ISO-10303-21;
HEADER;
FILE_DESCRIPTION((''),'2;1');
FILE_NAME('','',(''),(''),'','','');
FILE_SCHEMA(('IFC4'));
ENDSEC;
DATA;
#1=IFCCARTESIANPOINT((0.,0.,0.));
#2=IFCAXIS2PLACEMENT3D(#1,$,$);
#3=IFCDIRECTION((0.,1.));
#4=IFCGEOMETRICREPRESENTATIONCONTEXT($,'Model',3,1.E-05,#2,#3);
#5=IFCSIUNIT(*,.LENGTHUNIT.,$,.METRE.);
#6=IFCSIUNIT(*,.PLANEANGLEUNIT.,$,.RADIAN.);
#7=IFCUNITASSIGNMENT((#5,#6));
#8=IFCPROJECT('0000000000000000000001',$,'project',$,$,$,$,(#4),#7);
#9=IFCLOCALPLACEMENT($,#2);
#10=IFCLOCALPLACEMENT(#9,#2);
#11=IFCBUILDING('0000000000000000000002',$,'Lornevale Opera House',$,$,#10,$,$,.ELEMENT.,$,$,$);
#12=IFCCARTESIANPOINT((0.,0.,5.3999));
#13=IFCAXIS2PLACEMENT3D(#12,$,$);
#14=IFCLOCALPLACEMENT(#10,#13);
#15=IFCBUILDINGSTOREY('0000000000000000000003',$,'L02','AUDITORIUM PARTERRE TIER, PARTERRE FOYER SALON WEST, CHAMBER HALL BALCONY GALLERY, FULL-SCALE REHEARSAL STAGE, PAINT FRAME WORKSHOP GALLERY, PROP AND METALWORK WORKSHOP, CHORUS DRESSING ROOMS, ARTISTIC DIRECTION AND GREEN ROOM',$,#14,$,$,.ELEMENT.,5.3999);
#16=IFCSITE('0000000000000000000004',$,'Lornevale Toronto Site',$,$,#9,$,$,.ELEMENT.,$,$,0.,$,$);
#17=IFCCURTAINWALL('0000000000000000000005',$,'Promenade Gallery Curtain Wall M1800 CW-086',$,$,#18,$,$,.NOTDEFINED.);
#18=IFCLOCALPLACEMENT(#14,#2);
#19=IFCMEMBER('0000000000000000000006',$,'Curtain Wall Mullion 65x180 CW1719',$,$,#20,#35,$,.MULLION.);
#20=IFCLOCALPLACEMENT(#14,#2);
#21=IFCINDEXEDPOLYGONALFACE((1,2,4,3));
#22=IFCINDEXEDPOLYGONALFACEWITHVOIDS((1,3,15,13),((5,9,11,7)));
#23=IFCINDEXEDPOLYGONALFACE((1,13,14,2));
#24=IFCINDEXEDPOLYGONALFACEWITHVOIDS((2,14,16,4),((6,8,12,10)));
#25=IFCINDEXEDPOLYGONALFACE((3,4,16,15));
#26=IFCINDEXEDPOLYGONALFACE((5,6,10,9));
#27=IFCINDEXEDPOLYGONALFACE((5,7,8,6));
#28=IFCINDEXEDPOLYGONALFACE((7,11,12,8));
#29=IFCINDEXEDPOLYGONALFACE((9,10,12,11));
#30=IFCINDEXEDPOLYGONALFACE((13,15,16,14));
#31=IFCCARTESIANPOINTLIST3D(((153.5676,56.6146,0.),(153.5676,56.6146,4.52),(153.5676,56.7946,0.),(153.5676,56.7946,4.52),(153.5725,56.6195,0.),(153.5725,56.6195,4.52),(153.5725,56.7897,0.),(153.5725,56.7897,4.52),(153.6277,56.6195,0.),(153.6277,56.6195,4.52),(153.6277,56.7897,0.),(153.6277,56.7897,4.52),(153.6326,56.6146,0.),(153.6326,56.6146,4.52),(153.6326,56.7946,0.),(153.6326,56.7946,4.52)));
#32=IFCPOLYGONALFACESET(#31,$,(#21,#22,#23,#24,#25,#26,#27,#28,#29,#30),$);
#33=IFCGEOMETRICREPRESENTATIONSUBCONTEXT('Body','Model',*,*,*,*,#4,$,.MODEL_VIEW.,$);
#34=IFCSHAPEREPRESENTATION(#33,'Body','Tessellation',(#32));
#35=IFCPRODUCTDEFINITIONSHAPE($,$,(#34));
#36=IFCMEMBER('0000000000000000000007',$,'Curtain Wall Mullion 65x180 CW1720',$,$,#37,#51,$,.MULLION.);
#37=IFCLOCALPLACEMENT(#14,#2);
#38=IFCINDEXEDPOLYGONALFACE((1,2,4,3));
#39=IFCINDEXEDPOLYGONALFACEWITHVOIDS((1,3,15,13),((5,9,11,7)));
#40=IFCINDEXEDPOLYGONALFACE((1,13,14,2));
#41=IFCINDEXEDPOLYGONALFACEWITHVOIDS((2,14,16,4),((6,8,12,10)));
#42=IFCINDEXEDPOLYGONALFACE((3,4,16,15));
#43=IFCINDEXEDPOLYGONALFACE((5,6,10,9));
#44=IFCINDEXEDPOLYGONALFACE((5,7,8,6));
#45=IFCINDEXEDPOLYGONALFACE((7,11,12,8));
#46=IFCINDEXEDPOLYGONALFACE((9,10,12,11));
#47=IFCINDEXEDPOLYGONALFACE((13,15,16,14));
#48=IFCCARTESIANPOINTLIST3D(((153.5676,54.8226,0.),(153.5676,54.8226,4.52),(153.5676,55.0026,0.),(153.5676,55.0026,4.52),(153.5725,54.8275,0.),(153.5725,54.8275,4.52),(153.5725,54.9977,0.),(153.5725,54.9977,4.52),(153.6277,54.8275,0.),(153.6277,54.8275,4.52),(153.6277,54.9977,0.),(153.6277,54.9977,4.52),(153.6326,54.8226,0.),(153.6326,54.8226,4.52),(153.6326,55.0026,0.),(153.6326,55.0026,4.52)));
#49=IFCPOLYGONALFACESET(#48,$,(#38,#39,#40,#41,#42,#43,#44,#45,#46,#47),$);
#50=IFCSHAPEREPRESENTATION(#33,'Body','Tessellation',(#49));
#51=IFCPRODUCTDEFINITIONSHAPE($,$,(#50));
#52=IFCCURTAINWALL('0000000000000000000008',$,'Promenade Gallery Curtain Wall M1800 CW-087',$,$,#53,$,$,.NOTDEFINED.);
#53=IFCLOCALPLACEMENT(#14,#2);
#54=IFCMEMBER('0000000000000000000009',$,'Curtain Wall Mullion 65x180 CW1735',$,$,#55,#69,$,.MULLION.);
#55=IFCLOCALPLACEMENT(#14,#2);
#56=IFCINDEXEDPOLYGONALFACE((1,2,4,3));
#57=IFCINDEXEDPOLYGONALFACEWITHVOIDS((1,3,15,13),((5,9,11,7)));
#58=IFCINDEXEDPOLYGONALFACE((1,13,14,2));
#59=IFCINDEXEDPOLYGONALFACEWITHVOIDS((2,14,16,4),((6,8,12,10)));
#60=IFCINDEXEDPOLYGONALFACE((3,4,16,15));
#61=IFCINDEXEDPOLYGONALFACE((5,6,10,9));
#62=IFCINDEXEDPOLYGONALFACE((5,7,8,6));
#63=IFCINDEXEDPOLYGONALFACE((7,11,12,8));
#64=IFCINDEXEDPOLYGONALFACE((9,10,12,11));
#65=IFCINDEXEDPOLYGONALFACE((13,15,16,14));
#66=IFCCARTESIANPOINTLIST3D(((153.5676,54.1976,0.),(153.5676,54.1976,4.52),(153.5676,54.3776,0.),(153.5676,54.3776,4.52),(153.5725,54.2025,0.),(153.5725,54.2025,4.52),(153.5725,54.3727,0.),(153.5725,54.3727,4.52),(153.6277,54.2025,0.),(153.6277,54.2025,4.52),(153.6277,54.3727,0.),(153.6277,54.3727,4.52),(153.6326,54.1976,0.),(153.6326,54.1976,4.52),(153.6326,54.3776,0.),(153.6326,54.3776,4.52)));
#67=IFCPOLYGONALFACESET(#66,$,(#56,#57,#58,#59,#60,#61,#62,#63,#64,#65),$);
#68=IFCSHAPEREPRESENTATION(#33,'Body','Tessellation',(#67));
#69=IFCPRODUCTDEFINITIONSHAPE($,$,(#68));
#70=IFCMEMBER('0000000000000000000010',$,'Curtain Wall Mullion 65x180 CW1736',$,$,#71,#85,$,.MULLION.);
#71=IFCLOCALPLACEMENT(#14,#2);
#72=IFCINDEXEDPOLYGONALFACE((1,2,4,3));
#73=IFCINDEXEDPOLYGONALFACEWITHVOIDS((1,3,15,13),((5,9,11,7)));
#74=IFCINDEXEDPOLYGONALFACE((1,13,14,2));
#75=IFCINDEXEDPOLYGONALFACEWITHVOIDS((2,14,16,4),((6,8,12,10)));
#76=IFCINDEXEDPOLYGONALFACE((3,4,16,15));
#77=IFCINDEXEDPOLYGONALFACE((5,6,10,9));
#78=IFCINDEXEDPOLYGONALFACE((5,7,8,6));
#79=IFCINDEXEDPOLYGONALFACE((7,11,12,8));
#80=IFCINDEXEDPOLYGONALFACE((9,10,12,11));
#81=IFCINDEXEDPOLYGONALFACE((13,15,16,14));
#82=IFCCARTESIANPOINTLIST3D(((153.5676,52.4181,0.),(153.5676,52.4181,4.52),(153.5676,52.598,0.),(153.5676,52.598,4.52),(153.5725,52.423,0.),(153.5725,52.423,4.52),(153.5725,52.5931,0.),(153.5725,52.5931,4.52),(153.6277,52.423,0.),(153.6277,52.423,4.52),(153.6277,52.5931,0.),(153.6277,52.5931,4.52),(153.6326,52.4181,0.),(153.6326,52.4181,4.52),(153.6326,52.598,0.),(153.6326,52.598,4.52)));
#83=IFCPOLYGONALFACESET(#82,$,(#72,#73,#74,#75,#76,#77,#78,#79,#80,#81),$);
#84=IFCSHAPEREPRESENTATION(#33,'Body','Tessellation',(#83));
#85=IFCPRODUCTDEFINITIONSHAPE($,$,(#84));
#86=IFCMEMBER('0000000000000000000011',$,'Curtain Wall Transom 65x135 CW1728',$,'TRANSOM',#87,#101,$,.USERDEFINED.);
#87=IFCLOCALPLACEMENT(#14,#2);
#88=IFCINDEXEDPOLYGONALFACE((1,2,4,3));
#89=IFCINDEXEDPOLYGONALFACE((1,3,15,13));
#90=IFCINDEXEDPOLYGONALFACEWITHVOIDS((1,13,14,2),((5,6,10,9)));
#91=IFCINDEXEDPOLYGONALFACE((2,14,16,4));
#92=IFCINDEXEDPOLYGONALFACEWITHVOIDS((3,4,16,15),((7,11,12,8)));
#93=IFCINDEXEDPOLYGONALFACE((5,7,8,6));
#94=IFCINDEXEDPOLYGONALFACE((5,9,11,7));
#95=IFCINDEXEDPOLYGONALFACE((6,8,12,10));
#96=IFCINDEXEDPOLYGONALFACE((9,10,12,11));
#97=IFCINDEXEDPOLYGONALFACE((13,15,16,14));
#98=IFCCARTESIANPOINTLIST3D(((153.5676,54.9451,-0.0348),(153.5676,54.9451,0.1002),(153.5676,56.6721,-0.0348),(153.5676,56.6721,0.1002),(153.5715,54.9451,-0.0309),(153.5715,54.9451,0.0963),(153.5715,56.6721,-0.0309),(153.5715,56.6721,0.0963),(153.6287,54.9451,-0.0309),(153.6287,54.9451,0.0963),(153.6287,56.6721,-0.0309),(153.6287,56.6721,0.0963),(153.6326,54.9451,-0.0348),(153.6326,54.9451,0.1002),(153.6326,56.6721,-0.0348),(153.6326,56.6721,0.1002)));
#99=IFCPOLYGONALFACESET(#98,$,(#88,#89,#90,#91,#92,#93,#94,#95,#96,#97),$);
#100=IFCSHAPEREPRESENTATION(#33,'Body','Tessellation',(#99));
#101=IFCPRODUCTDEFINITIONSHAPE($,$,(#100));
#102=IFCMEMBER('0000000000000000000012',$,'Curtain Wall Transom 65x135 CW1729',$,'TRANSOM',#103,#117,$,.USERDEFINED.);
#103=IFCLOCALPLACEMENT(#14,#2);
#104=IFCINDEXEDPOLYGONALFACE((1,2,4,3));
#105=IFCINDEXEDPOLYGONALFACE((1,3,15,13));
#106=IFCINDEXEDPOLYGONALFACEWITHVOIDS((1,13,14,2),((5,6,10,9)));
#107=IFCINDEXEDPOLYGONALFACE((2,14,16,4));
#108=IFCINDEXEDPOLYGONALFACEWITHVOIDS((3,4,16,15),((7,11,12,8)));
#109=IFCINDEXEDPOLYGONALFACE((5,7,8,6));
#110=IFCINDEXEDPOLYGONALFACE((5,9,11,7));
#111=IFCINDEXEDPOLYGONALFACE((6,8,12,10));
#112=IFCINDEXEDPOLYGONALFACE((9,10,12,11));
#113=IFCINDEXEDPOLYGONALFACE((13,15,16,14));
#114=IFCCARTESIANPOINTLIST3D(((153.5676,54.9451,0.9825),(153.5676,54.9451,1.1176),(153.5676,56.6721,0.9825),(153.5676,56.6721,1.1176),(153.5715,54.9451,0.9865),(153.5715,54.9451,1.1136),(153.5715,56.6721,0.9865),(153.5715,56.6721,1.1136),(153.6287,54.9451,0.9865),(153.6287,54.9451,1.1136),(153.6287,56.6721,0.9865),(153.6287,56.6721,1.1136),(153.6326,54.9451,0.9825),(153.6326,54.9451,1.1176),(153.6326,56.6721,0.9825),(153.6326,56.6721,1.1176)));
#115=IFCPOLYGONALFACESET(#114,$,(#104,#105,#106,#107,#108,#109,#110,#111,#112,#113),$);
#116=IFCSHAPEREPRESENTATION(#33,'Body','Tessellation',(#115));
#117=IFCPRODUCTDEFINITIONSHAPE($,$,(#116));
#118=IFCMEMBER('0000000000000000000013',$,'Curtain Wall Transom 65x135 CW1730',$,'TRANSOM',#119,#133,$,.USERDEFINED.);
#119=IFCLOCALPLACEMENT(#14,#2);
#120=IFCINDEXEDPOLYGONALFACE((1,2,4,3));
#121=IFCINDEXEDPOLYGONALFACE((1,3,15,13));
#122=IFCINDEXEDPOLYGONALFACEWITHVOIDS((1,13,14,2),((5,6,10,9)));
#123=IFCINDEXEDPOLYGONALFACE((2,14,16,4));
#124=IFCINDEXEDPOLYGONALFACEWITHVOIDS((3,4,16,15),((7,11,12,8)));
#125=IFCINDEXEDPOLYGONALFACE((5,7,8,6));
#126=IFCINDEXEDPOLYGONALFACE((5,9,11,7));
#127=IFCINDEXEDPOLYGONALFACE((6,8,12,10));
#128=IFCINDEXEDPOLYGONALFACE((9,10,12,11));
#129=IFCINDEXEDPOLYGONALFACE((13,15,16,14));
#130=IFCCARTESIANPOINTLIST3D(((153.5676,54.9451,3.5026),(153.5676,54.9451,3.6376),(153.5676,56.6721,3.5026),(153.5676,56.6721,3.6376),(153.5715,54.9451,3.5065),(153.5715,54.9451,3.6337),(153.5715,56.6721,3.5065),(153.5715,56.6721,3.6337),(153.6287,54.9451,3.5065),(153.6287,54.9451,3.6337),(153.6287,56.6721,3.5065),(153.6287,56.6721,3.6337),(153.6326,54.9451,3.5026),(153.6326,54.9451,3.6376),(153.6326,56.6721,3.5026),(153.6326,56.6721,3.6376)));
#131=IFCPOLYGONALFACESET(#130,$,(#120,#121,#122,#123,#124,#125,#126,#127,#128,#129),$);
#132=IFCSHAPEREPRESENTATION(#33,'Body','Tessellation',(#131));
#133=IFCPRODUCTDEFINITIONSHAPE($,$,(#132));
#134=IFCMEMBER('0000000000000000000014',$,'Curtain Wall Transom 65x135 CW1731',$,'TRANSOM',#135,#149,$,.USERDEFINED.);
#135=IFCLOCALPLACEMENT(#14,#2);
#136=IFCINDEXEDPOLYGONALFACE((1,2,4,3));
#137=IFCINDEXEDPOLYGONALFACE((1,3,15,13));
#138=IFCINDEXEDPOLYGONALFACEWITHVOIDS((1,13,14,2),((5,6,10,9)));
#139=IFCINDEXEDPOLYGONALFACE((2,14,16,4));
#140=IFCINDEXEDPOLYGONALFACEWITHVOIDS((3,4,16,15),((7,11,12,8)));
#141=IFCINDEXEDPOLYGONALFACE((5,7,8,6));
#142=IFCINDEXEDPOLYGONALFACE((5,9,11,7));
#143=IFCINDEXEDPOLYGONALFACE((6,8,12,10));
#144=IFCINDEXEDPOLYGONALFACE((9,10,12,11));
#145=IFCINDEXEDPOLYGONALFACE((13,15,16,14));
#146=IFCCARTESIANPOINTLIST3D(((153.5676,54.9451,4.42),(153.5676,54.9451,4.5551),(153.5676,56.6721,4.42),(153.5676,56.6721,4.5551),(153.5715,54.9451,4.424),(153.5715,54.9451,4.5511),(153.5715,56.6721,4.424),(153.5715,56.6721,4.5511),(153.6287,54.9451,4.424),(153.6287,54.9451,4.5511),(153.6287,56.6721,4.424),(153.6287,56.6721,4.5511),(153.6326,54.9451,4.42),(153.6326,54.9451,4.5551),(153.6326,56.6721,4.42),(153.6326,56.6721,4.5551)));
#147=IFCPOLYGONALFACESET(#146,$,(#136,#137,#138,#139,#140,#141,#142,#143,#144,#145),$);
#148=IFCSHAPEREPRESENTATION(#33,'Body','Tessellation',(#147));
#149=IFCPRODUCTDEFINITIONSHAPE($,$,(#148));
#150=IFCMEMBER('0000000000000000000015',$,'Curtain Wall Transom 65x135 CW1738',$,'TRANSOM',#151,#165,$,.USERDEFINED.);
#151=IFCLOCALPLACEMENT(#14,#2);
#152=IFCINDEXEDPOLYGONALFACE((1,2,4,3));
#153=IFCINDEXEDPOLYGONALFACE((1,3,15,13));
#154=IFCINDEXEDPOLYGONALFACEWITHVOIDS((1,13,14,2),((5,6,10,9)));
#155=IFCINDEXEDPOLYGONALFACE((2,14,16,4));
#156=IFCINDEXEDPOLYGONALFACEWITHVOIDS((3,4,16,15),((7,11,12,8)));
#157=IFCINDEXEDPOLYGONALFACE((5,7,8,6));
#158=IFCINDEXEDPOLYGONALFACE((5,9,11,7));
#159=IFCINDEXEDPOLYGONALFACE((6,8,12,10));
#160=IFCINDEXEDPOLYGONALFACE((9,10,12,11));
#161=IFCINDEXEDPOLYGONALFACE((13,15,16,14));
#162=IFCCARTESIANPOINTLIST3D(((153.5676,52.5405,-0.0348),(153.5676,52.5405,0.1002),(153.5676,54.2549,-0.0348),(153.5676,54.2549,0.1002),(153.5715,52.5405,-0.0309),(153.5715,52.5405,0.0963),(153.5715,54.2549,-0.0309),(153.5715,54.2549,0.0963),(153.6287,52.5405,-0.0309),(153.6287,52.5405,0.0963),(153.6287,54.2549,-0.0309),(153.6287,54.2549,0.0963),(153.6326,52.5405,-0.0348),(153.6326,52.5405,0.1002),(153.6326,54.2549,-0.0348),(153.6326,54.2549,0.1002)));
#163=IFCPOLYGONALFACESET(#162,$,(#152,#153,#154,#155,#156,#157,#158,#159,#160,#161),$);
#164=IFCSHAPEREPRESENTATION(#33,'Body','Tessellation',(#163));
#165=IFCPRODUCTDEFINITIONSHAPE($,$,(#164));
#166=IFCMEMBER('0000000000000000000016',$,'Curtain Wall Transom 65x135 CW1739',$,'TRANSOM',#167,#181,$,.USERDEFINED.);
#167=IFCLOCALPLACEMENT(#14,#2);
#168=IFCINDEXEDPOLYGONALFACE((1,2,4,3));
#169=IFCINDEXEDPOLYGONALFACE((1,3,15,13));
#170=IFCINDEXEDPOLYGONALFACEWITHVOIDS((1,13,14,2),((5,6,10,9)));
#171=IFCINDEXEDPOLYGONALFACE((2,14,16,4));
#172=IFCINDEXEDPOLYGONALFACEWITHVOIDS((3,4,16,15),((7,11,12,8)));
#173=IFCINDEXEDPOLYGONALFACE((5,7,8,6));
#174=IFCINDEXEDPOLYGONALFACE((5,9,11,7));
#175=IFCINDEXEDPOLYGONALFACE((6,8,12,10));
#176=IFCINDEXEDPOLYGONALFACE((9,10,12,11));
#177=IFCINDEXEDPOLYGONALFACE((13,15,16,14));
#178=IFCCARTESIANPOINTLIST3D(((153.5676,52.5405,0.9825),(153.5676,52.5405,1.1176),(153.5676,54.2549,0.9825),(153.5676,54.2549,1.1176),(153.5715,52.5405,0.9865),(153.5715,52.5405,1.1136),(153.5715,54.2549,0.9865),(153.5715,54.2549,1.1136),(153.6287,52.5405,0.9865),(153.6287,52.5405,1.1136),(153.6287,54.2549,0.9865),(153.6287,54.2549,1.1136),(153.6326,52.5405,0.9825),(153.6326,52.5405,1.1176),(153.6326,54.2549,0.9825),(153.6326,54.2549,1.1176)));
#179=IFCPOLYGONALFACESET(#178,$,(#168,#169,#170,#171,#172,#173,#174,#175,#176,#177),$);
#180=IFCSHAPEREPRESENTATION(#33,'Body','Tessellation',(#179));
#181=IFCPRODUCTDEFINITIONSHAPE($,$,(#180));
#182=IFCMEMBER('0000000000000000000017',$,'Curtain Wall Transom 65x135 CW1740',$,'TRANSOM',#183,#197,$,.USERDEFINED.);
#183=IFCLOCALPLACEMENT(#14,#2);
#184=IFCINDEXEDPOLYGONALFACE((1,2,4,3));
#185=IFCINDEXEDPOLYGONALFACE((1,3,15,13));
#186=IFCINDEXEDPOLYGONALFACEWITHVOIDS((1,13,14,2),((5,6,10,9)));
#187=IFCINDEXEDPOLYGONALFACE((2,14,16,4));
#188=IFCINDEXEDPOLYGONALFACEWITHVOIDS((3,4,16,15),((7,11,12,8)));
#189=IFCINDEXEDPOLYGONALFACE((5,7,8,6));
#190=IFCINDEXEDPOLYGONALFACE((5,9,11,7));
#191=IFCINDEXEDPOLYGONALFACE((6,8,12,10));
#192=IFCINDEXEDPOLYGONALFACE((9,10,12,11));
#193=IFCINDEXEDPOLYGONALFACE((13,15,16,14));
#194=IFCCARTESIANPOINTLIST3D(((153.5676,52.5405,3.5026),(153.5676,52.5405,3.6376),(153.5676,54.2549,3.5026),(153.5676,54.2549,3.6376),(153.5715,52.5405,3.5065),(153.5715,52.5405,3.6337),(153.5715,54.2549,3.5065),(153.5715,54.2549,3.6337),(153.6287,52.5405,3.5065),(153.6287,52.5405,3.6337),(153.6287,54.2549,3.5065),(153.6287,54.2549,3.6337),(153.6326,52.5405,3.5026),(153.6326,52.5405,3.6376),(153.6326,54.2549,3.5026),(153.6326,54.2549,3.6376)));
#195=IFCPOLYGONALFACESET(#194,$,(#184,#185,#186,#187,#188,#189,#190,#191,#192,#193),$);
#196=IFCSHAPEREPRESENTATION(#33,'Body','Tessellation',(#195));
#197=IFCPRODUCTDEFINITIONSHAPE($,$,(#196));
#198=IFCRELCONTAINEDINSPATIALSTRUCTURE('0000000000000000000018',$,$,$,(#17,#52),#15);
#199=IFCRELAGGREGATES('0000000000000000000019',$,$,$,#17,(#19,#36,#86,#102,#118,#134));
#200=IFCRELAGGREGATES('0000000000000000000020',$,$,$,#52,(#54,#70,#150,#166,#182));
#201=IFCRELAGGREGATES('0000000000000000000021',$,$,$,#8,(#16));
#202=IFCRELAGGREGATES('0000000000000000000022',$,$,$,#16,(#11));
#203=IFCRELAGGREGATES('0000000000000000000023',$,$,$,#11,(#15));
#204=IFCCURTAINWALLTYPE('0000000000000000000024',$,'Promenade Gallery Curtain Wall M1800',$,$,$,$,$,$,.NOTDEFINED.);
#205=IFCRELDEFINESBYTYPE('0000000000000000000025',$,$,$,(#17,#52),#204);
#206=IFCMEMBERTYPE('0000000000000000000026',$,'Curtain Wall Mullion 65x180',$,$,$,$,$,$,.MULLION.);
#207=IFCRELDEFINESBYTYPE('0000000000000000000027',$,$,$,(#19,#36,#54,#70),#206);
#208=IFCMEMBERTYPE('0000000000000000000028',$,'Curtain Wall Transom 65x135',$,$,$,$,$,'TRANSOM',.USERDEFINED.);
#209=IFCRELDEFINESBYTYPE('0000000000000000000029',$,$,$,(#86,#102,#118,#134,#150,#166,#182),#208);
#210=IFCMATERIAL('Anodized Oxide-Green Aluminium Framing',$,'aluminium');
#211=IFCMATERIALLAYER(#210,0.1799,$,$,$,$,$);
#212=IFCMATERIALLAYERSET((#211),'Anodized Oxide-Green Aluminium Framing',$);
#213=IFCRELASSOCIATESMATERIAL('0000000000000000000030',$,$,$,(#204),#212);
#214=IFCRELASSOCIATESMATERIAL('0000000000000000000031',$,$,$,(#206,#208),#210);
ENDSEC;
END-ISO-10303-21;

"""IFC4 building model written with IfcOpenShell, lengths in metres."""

from ifc_helpers import new_model, si_unit, direction, frame, origin, origin_2d, place, context, subcontext, project, spatial, hollow_rectangle, extrude, material, layer, layer_set, material_profile, profile_set, type_object, element, aggregate, save


model = new_model("IFC4")

# Units and contexts
model_context = context("Model", 3, precision=1e-05, world=origin(), true_north=direction((0.0, 1.0)))
body_context = subcontext(model_context, "Body", "Model", "MODEL_VIEW")
ifc_project = project(units=[si_unit("LENGTHUNIT", "METRE"), si_unit("PLANEANGLEUNIT", "RADIAN")], contexts=[model_context])

# Site, building, storey
site_placement = place(None, origin())
site = spatial("IfcSite", under=ifc_project, at=site_placement, Name="Lornevale Toronto Site", CompositionType="ELEMENT", RefElevation=0.0)
building_placement = place(site_placement, origin())
building = spatial("IfcBuilding", under=site, at=building_placement, Name="Lornevale Opera House", CompositionType="ELEMENT")
storey_placement = place(building_placement, frame((0.0, 0.0, 5.3999)))
storey = spatial("IfcBuildingStorey", under=building, at=storey_placement, Name="L02", Description="AUDITORIUM PARTERRE TIER, PARTERRE FOYER SALON WEST, CHAMBER HALL BALCONY GALLERY, FULL-SCALE REHEARSAL STAGE, PAINT FRAME WORKSHOP GALLERY, PROP AND METALWORK WORKSHOP, CHORUS DRESSING ROOMS, ARTISTIC DIRECTION AND GREEN ROOM", CompositionType="ELEMENT", Elevation=5.3999)

# Curtain walls, members
ifc_material_1 = material(Name="Anodized Oxide-Green Aluminium Framing", Category="aluminium")
ifc_layer_1 = layer(ifc_material_1, 0.1799)
ifc_layer_set_1 = layer_set([ifc_layer_1], Name="Anodized Oxide-Green Aluminium Framing")
curtain_wall_type = type_object("IfcCurtainWallType", Name="Promenade Gallery Curtain Wall M1800", PredefinedType="NOTDEFINED", material=ifc_layer_set_1)
curtain_wall_1_placement = place(storey_placement, origin())
curtain_wall_1 = element("IfcCurtainWall", 1, at=curtain_wall_1_placement, inside=storey, type_object=curtain_wall_type, Name="Promenade Gallery Curtain Wall M1800 CW-086", PredefinedType="NOTDEFINED")
ifc_material_profile_1 = material_profile(ifc_material_1, hollow_rectangle(XDim=0.0649, YDim=0.1799, WallThickness=0.0049, at=origin_2d()), Name="ALU65x180x5")
ifc_profile_set_1 = profile_set([ifc_material_profile_1], Name="Anodized Oxide-Green Aluminium Framing")
member_type_1 = type_object("IfcMemberType", Name="Curtain Wall Mullion 65x180", PredefinedType="MULLION", material=ifc_profile_set_1)
member_1_placement = place(storey_placement, frame((153.6001, 56.7046, 0.0), z_axis=(0.0, 0.0, 1.0), x_axis=(1.0, 0.0, 0.0)))
member_1 = element("IfcMember", 2, at=member_1_placement, type_object=member_type_1, Name="Curtain Wall Mullion 65x180 CW1719", PredefinedType="MULLION", context=body_context, shape_type="SweptSolid", body=[
    extrude(hollow_rectangle(XDim=0.0649, YDim=0.1799, WallThickness=0.0049, at=origin_2d()), origin(), (0.0, 0.0, 1.0), 4.52),
])
member_2_placement = place(storey_placement, frame((153.6001, 54.9126, 0.0), z_axis=(0.0, 0.0, 1.0), x_axis=(1.0, 0.0, 0.0)))
member_2 = element("IfcMember", 3, at=member_2_placement, type_object=member_type_1, Name="Curtain Wall Mullion 65x180 CW1720", PredefinedType="MULLION", context=body_context, shape_type="SweptSolid", body=[
    extrude(hollow_rectangle(XDim=0.0649, YDim=0.1799, WallThickness=0.0049, at=origin_2d()), origin(), (0.0, 0.0, 1.0), 4.52),
])
curtain_wall_2_placement = place(storey_placement, origin())
curtain_wall_2 = element("IfcCurtainWall", 4, at=curtain_wall_2_placement, inside=storey, type_object=curtain_wall_type, Name="Promenade Gallery Curtain Wall M1800 CW-087", PredefinedType="NOTDEFINED")
member_3_placement = place(storey_placement, frame((153.6001, 54.2876, 0.0), z_axis=(0.0, 0.0, 1.0), x_axis=(1.0, 0.0, 0.0)))
member_3 = element("IfcMember", 5, at=member_3_placement, type_object=member_type_1, Name="Curtain Wall Mullion 65x180 CW1735", PredefinedType="MULLION", context=body_context, shape_type="SweptSolid", body=[
    extrude(hollow_rectangle(XDim=0.0649, YDim=0.1799, WallThickness=0.0049, at=origin_2d()), origin(), (0.0, 0.0, 1.0), 4.52),
])
member_4_placement = place(storey_placement, frame((153.6001, 52.5081, 0.0), z_axis=(0.0, 0.0, 1.0), x_axis=(1.0, 0.0, 0.0)))
member_4 = element("IfcMember", 6, at=member_4_placement, type_object=member_type_1, Name="Curtain Wall Mullion 65x180 CW1736", PredefinedType="MULLION", context=body_context, shape_type="SweptSolid", body=[
    extrude(hollow_rectangle(XDim=0.0649, YDim=0.1799, WallThickness=0.0049, at=origin_2d()), origin(), (0.0, 0.0, 1.0), 4.52),
])

# Members
ifc_material_profile_2 = material_profile(ifc_material_1, hollow_rectangle(XDim=0.0649, YDim=0.135, WallThickness=0.0039, at=origin_2d()), Name="ALU65x135x4")
ifc_profile_set_2 = profile_set([ifc_material_profile_2], Name="Anodized Oxide-Green Aluminium Framing")
member_type_2 = type_object("IfcMemberType", Name="Curtain Wall Transom 65x135", ElementType="TRANSOM", PredefinedType="USERDEFINED", material=ifc_profile_set_2)
member_5_placement = place(storey_placement, frame((153.6001, 56.6721, 0.0327), z_axis=(0.0, -1.0, 0.0), x_axis=(1.0, 0.0, 0.0)))
member_5 = element("IfcMember", 7, at=member_5_placement, type_object=member_type_2, Name="Curtain Wall Transom 65x135 CW1728", ObjectType="TRANSOM", PredefinedType="USERDEFINED", context=body_context, shape_type="SweptSolid", body=[
    extrude(hollow_rectangle(XDim=0.0649, YDim=0.135, WallThickness=0.0039, at=origin_2d()), origin(), (0.0, 0.0, 1.0), 1.7271),
])
member_6_placement = place(storey_placement, frame((153.6001, 56.6721, 1.05), z_axis=(0.0, -1.0, 0.0), x_axis=(1.0, 0.0, 0.0)))
member_6 = element("IfcMember", 8, at=member_6_placement, type_object=member_type_2, Name="Curtain Wall Transom 65x135 CW1729", ObjectType="TRANSOM", PredefinedType="USERDEFINED", context=body_context, shape_type="SweptSolid", body=[
    extrude(hollow_rectangle(XDim=0.0649, YDim=0.135, WallThickness=0.0039, at=origin_2d()), origin(), (0.0, 0.0, 1.0), 1.7271),
])
member_7_placement = place(storey_placement, frame((153.6001, 56.6721, 3.5701), z_axis=(0.0, -1.0, 0.0), x_axis=(1.0, 0.0, 0.0)))
member_7 = element("IfcMember", 9, at=member_7_placement, type_object=member_type_2, Name="Curtain Wall Transom 65x135 CW1730", ObjectType="TRANSOM", PredefinedType="USERDEFINED", context=body_context, shape_type="SweptSolid", body=[
    extrude(hollow_rectangle(XDim=0.0649, YDim=0.135, WallThickness=0.0039, at=origin_2d()), origin(), (0.0, 0.0, 1.0), 1.7271),
])
member_8_placement = place(storey_placement, frame((153.6001, 56.6721, 4.4875), z_axis=(0.0, -1.0, 0.0), x_axis=(1.0, 0.0, 0.0)))
member_8 = element("IfcMember", 10, at=member_8_placement, type_object=member_type_2, Name="Curtain Wall Transom 65x135 CW1731", ObjectType="TRANSOM", PredefinedType="USERDEFINED", context=body_context, shape_type="SweptSolid", body=[
    extrude(hollow_rectangle(XDim=0.0649, YDim=0.135, WallThickness=0.0039, at=origin_2d()), origin(), (0.0, 0.0, 1.0), 1.7271),
])
member_9_placement = place(storey_placement, frame((153.6001, 54.2549, 0.0327), z_axis=(0.0, -1.0, 0.0), x_axis=(1.0, 0.0, 0.0)))
member_9 = element("IfcMember", 11, at=member_9_placement, type_object=member_type_2, Name="Curtain Wall Transom 65x135 CW1738", ObjectType="TRANSOM", PredefinedType="USERDEFINED", context=body_context, shape_type="SweptSolid", body=[
    extrude(hollow_rectangle(XDim=0.0649, YDim=0.135, WallThickness=0.0039, at=origin_2d()), origin(), (0.0, 0.0, 1.0), 1.7144),
])
member_10_placement = place(storey_placement, frame((153.6001, 54.2549, 1.05), z_axis=(0.0, -1.0, 0.0), x_axis=(1.0, 0.0, 0.0)))
member_10 = element("IfcMember", 12, at=member_10_placement, type_object=member_type_2, Name="Curtain Wall Transom 65x135 CW1739", ObjectType="TRANSOM", PredefinedType="USERDEFINED", context=body_context, shape_type="SweptSolid", body=[
    extrude(hollow_rectangle(XDim=0.0649, YDim=0.135, WallThickness=0.0039, at=origin_2d()), origin(), (0.0, 0.0, 1.0), 1.7144),
])
member_11_placement = place(storey_placement, frame((153.6001, 54.2549, 3.5701), z_axis=(0.0, -1.0, 0.0), x_axis=(1.0, 0.0, 0.0)))
member_11 = element("IfcMember", 13, at=member_11_placement, type_object=member_type_2, Name="Curtain Wall Transom 65x135 CW1740", ObjectType="TRANSOM", PredefinedType="USERDEFINED", context=body_context, shape_type="SweptSolid", body=[
    extrude(hollow_rectangle(XDim=0.0649, YDim=0.135, WallThickness=0.0039, at=origin_2d()), origin(), (0.0, 0.0, 1.0), 1.7144),
])

aggregate(curtain_wall_1, [member_1, member_2, member_5, member_6, member_7, member_8])
aggregate(curtain_wall_2, [member_3, member_4, member_9, member_10, member_11])

save(model, "model.ifc")
